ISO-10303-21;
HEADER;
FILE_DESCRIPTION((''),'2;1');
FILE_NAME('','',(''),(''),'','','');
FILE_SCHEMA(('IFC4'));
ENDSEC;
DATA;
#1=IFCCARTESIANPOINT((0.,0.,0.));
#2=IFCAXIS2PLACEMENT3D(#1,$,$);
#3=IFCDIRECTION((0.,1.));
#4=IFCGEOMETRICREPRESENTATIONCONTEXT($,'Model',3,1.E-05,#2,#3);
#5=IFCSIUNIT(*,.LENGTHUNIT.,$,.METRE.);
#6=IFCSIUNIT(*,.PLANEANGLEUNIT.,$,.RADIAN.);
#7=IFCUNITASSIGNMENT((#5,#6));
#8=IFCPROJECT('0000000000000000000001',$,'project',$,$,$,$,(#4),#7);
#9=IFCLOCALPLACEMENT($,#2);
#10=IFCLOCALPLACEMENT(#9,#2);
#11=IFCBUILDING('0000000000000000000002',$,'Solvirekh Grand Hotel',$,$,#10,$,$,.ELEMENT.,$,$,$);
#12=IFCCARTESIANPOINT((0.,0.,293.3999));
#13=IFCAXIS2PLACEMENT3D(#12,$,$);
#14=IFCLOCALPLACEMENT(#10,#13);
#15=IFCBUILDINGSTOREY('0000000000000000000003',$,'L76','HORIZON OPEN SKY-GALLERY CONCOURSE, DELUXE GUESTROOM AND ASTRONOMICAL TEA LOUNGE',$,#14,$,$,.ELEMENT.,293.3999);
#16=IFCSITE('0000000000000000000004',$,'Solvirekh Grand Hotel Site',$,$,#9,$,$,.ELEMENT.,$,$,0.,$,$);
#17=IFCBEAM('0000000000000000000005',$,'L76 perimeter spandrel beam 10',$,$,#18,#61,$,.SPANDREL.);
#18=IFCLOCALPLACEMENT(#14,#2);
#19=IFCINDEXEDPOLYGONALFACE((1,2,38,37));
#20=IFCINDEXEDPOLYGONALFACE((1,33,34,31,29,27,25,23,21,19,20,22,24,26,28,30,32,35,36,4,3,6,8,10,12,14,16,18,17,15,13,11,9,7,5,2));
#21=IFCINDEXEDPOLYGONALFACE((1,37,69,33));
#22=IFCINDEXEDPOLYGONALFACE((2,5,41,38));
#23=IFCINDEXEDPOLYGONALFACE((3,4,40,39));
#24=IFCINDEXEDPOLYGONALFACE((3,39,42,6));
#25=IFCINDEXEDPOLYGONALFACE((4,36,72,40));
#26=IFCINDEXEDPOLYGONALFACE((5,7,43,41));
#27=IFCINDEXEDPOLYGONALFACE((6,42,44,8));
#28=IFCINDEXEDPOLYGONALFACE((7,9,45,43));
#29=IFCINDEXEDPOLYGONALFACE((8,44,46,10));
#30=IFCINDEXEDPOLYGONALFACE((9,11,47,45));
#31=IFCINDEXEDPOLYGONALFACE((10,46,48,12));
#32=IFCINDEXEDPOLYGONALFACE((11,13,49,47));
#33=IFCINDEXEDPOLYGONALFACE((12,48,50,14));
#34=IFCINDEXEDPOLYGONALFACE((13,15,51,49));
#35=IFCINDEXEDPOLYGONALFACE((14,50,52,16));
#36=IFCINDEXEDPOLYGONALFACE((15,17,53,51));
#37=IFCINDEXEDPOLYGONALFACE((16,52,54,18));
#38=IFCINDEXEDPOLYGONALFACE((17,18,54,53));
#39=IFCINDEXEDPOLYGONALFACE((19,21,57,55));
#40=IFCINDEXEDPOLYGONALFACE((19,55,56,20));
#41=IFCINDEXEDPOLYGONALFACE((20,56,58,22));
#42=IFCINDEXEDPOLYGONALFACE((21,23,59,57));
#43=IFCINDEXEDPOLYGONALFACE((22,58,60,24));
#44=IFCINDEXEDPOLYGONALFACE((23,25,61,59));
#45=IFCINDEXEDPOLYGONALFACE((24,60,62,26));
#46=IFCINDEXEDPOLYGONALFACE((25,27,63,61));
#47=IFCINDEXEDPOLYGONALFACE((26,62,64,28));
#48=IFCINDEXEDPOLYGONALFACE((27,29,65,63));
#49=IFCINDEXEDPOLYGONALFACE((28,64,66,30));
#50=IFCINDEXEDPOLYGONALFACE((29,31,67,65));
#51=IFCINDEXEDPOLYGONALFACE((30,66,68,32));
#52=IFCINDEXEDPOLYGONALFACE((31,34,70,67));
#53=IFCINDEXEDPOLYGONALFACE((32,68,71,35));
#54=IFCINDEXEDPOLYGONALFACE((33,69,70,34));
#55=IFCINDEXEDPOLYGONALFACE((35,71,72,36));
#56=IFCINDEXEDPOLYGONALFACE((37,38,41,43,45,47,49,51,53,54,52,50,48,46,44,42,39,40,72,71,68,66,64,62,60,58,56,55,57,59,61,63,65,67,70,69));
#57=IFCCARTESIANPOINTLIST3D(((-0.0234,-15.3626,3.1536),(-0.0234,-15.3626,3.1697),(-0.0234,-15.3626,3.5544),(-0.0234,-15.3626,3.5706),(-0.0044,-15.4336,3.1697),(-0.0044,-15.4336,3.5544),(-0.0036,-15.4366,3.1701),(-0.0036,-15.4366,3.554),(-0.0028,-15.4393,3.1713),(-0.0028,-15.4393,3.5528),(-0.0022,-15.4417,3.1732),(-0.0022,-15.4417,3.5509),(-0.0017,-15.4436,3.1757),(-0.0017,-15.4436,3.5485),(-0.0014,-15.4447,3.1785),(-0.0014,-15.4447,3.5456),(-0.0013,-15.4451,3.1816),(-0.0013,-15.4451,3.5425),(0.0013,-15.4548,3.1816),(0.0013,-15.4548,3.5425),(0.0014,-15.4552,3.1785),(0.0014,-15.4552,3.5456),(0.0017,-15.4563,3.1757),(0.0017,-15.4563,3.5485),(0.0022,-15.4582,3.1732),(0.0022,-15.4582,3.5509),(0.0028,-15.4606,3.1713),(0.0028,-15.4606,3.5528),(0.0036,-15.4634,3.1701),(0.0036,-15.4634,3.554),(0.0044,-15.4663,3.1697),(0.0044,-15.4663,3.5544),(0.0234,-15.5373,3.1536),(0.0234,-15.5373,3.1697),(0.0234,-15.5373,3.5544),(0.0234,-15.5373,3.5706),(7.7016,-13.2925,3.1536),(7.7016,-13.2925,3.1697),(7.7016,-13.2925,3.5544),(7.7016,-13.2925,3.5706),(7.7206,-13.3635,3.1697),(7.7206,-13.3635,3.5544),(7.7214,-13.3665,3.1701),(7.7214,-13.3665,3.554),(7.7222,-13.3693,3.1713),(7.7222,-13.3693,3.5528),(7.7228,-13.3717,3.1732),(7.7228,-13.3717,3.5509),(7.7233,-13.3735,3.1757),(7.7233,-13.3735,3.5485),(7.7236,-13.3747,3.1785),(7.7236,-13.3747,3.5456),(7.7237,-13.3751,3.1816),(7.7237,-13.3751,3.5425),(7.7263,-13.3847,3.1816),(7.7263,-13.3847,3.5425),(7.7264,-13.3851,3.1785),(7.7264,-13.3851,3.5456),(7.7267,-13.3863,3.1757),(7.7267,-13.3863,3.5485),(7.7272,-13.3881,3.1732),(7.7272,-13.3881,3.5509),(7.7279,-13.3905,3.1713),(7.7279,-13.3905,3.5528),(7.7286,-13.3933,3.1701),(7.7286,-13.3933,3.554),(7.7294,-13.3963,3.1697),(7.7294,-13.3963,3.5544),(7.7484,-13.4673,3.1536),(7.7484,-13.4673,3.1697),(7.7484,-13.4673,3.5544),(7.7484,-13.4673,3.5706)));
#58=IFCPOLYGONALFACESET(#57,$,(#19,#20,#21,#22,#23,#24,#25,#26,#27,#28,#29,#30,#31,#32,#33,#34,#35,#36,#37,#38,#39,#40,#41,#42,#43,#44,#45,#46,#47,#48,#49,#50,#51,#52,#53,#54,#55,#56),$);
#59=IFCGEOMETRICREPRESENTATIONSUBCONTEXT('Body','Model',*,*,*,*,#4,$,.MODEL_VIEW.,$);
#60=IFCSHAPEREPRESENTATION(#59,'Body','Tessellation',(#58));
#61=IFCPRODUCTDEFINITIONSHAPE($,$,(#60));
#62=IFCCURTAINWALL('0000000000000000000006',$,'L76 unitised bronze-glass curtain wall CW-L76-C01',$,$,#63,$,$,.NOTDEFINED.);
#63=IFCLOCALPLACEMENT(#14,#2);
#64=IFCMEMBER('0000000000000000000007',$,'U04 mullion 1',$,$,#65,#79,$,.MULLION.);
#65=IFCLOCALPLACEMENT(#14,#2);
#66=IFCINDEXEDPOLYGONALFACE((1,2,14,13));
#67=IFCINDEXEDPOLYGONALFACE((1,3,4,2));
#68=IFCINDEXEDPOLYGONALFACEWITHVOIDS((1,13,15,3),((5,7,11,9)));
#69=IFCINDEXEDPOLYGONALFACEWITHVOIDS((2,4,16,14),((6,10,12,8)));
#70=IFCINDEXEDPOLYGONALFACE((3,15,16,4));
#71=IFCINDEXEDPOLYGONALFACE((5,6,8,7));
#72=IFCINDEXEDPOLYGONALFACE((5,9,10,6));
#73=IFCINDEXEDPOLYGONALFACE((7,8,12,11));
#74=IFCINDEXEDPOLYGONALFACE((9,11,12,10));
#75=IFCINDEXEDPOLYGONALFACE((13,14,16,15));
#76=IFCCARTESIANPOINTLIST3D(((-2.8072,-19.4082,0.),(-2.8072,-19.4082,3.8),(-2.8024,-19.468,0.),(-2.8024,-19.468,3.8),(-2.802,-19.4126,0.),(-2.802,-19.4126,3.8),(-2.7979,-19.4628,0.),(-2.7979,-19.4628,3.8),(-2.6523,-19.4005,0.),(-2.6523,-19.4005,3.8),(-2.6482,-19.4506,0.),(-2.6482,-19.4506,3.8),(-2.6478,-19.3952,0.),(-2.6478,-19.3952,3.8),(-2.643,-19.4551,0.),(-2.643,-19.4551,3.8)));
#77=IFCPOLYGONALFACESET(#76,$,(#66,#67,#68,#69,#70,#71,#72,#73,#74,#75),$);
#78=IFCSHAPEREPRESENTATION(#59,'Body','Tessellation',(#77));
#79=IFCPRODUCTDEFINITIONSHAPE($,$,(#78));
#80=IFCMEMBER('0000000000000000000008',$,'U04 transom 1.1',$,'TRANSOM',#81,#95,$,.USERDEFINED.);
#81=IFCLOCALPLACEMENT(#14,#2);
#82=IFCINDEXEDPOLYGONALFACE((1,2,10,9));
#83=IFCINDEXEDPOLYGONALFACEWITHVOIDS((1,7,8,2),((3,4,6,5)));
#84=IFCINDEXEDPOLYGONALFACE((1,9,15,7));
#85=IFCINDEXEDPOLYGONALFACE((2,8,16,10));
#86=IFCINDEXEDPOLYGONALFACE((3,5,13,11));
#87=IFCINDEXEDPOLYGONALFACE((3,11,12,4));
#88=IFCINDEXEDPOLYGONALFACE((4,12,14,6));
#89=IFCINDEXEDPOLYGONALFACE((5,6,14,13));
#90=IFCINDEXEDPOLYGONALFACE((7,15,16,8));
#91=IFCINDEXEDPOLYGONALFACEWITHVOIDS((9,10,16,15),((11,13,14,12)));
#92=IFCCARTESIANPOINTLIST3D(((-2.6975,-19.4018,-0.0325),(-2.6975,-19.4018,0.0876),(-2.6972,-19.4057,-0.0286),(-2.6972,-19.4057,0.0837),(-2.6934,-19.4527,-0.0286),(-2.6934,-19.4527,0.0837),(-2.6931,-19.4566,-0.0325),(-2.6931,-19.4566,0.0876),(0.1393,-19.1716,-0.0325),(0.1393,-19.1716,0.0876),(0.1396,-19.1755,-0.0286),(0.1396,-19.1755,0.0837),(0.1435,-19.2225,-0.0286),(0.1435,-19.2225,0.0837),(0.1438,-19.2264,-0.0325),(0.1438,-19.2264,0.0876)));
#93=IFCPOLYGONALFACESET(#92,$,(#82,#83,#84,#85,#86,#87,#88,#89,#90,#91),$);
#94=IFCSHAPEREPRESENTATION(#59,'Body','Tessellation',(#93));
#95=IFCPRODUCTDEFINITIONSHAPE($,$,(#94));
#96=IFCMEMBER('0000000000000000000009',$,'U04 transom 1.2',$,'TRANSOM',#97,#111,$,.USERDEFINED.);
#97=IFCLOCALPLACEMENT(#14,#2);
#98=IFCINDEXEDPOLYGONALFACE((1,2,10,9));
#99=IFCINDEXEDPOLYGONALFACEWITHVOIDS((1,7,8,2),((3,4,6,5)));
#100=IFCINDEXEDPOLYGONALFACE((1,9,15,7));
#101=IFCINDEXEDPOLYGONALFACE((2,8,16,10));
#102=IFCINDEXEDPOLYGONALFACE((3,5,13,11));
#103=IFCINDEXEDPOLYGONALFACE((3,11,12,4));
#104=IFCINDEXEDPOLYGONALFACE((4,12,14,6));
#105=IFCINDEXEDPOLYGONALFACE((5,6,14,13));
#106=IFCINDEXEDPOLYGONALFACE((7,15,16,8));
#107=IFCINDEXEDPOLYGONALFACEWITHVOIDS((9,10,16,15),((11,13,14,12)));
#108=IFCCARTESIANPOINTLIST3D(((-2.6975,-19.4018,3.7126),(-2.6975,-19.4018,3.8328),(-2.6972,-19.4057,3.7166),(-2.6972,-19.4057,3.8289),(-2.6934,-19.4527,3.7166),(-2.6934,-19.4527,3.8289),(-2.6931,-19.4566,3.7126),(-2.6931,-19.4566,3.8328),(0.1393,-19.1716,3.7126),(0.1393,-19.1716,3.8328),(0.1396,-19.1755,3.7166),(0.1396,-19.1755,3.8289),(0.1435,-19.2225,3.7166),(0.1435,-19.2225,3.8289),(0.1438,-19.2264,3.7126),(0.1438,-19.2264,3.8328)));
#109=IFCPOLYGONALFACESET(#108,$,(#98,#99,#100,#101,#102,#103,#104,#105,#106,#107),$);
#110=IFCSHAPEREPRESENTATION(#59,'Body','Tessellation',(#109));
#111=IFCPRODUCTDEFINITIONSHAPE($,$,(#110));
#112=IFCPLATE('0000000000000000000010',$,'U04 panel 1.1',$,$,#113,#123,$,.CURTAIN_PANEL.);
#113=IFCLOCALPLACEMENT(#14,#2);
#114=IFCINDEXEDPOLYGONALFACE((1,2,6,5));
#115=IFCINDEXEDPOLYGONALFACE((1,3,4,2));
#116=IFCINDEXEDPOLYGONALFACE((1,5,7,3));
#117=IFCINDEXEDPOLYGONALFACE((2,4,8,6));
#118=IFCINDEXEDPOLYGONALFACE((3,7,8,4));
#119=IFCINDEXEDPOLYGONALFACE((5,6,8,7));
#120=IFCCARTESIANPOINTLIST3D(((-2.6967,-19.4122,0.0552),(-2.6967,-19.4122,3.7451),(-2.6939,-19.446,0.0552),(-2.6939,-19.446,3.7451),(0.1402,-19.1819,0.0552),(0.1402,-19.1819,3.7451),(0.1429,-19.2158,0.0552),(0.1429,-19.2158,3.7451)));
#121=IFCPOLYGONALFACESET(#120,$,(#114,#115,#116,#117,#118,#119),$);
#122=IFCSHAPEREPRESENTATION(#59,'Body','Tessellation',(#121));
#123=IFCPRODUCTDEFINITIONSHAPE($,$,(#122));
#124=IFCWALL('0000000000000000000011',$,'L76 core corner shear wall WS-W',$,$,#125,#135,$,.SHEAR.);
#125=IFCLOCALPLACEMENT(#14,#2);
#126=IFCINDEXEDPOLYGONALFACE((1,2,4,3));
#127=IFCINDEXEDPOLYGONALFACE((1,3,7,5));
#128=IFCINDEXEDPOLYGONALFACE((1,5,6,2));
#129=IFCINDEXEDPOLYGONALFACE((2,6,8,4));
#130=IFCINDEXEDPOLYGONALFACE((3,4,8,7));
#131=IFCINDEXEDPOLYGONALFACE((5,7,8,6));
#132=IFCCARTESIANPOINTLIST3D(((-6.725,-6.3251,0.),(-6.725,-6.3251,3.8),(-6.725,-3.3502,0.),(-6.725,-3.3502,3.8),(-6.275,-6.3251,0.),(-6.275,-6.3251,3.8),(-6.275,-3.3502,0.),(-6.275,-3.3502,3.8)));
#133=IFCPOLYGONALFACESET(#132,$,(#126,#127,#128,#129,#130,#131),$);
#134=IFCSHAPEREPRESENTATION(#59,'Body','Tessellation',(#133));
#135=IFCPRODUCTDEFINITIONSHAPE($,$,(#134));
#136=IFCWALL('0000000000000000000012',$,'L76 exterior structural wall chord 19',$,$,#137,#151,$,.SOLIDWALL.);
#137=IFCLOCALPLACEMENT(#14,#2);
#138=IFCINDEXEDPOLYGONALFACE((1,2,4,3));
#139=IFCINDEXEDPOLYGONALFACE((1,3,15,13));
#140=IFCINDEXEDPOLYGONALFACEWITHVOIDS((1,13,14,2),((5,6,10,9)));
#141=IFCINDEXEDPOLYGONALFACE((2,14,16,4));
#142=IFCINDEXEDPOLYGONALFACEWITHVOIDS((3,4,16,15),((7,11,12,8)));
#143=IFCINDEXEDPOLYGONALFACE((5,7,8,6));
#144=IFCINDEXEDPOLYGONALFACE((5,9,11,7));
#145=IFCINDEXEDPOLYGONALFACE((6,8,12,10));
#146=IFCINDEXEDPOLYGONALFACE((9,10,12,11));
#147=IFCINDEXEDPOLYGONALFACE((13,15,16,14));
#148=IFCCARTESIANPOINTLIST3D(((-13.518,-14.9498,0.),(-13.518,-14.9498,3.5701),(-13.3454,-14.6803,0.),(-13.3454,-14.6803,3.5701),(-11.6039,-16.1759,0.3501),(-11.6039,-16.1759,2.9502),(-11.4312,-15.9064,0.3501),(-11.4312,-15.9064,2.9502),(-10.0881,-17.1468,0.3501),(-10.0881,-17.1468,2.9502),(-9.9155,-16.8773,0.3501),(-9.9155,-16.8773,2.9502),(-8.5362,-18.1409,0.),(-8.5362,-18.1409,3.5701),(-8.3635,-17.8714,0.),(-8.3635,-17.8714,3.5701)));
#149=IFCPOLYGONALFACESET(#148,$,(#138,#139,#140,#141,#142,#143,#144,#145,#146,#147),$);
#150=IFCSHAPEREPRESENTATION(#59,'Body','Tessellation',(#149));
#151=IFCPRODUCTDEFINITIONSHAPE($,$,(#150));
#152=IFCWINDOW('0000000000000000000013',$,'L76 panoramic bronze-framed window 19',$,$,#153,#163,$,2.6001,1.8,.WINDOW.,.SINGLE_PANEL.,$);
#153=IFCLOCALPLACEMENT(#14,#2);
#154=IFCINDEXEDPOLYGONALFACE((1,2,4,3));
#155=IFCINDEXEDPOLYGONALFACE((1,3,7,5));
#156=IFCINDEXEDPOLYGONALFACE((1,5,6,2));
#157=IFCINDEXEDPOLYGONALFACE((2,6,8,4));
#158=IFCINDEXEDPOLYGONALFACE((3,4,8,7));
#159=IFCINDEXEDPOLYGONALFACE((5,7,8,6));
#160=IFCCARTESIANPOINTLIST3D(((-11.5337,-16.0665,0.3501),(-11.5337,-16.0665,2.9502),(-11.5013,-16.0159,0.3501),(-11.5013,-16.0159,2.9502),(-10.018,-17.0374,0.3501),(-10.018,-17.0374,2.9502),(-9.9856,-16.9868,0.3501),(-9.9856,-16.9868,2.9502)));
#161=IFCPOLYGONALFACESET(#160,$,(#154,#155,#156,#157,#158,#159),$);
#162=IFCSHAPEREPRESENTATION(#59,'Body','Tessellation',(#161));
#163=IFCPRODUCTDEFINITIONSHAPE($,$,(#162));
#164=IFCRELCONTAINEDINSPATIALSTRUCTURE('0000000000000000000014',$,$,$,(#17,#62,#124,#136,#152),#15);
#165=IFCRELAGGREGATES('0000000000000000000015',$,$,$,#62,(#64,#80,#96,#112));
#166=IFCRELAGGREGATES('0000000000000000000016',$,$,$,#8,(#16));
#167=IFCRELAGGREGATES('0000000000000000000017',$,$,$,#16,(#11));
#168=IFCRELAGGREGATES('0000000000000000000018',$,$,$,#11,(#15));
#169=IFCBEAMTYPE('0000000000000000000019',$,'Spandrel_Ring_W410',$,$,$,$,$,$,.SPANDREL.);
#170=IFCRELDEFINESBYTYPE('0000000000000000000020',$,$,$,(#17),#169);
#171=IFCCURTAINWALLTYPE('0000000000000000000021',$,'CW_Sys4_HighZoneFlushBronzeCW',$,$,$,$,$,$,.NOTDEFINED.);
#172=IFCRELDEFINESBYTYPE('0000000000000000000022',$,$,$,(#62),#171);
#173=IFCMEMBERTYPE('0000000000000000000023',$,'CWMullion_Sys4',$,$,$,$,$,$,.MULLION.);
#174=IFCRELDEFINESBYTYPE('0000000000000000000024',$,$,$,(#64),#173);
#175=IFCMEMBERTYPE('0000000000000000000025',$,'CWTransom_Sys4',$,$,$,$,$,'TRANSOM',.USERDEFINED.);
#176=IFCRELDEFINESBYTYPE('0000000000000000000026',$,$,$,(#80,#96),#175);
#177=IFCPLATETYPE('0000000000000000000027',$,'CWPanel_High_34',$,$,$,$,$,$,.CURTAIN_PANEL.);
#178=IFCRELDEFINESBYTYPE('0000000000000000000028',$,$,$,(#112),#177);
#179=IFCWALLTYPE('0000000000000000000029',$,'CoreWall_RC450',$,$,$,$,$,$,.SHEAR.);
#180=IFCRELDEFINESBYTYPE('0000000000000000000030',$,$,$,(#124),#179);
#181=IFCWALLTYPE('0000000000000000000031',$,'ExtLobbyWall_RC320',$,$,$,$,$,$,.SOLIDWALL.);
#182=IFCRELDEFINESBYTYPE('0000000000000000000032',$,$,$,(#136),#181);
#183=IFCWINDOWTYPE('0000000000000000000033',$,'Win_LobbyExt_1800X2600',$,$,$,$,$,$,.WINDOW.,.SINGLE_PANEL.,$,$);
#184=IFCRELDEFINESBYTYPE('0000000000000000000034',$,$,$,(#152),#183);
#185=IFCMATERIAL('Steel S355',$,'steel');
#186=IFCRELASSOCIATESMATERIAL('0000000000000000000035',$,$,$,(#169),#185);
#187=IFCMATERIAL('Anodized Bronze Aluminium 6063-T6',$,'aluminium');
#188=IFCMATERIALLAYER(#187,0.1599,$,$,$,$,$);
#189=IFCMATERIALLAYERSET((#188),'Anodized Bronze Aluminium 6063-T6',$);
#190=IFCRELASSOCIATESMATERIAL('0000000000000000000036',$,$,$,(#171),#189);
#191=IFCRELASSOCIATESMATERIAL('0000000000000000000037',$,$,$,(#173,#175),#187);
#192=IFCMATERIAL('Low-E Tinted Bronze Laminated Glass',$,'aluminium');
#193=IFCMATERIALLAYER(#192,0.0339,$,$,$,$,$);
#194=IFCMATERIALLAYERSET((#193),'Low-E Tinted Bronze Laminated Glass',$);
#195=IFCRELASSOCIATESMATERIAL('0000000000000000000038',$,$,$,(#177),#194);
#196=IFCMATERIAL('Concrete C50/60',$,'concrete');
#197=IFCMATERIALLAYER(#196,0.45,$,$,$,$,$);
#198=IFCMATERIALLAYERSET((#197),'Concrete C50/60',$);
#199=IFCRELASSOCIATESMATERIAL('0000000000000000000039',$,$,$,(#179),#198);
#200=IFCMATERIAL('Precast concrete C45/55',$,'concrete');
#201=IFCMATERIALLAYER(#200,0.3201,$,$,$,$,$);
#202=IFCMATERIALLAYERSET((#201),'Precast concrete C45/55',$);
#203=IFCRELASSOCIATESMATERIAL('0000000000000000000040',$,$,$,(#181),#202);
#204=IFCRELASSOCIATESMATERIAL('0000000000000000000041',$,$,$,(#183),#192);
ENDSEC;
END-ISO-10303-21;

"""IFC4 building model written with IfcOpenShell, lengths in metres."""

from ifc_helpers import new_model, si_unit, direction, frame, frame_2d, origin, origin_2d, place, context, subcontext, project, spatial, rectangle, hollow_rectangle, i_section, extrude, source, transform, mapped, material, layer, layer_set, material_profile, profile_set, type_object, element, fill, aggregate, save


model = new_model("IFC4")

# Units and contexts
model_context = context("Model", 3, precision=1e-05, world=origin(), true_north=direction((0.0, 1.0)))
body_context = subcontext(model_context, "Body", "Model", "MODEL_VIEW")
ifc_project = project(units=[si_unit("LENGTHUNIT", "METRE"), si_unit("PLANEANGLEUNIT", "RADIAN")], contexts=[model_context])

# Site, building, storey
site_placement = place(None, origin())
site = spatial("IfcSite", under=ifc_project, at=site_placement, Name="Solvirekh Grand Hotel Site", CompositionType="ELEMENT", RefElevation=0.0)
building_placement = place(site_placement, origin())
building = spatial("IfcBuilding", under=site, at=building_placement, Name="Solvirekh Grand Hotel", CompositionType="ELEMENT")
storey_placement = place(building_placement, frame((0.0, 0.0, 293.3999)))
storey = spatial("IfcBuildingStorey", under=building, at=storey_placement, Name="L76", Description="HORIZON OPEN SKY-GALLERY CONCOURSE, DELUXE GUESTROOM AND ASTRONOMICAL TEA LOUNGE", CompositionType="ELEMENT", Elevation=293.3999)

# Shared definitions
ifc_material_1 = material(Name="Concrete C50/60", Category="concrete")

# Beam
ifc_material_2 = material(Name="Steel S355", Category="steel")
ifc_material_profile_1 = material_profile(ifc_material_2, i_section(OverallWidth=0.1809, OverallDepth=0.417, WebThickness=0.01, FlangeThickness=0.0161, FilletRadius=0.012, at=origin_2d()), Name="W410X85")
ifc_profile_set_1 = profile_set([ifc_material_profile_1], Name="Steel S355")
beam_type_1 = type_object("IfcBeamType", Name="Spandrel_Ring_W410", PredefinedType="SPANDREL", material=ifc_profile_set_1)
for number, where, z_axis, x_axis, name in (
    (1, (0.0, -15.45, 3.3621), (0.965922, 0.258835, 0.0), (-0.258835, 0.965922, 0.0), "L76 perimeter spandrel beam 10"),
):
    element("IfcBeam", number, at=place(storey_placement, frame(where, z_axis=z_axis, x_axis=x_axis)), inside=storey, type_object=beam_type_1, Name=name, PredefinedType="SPANDREL", context=body_context, shape_type="SweptSolid", body=[
        extrude(i_section(OverallWidth=0.1809, OverallDepth=0.417, WebThickness=0.01, FlangeThickness=0.0161, FilletRadius=0.012, at=origin_2d()), origin(), (0.0, 0.0, 1.0), 7.9976),
    ])

# Curtain wall, members, plate
ifc_material_3 = material(Name="Anodized Bronze Aluminium 6063-T6", Category="aluminium")
ifc_layer_1 = layer(ifc_material_3, 0.1599)
ifc_layer_set_1 = layer_set([ifc_layer_1], Name="Anodized Bronze Aluminium 6063-T6")
curtain_wall_type = type_object("IfcCurtainWallType", Name="CW_Sys4_HighZoneFlushBronzeCW", PredefinedType="NOTDEFINED", material=ifc_layer_set_1)
curtain_wall_placement = place(storey_placement, origin())
curtain_wall = element("IfcCurtainWall", 2, at=curtain_wall_placement, inside=storey, type_object=curtain_wall_type, Name="L76 unitised bronze-glass curtain wall CW-L76-C01", PredefinedType="NOTDEFINED")
ifc_material_profile_2 = material_profile(ifc_material_3, hollow_rectangle(XDim=0.0601, YDim=0.1599, WallThickness=0.0049, at=origin_2d()), Name="ALU RHS 160X60X5")
ifc_profile_set_2 = profile_set([ifc_material_profile_2], Name="Anodized Bronze Aluminium 6063-T6")
member_type_1 = type_object("IfcMemberType", Name="CWMullion_Sys4", PredefinedType="MULLION", material=ifc_profile_set_2)
shared_shape_1 = source(origin(), body_context, "Body", "SweptSolid", [
    extrude(hollow_rectangle(XDim=0.0601, YDim=0.1599, WallThickness=0.0049, at=origin_2d()), origin(), (0.0, 0.0, 1.0), 3.8),
])
member_1_placement = place(storey_placement, frame((-2.7251, -19.4316, 0.0), z_axis=(0.0, 0.0, 1.0), x_axis=(-0.080889, 0.996723, 0.0)))
member_1 = element("IfcMember", 3, at=member_1_placement, type_object=member_type_1, Name="U04 mullion 1", PredefinedType="MULLION", context=body_context, shape_type="MappedRepresentation", body=[
    mapped(shared_shape_1, transform((0.0, 0.0, 0.0), x_axis=(1.0, 0.0, 0.0), y_axis=(0.0, 1.0, 0.0), z_axis=(0.0, 0.0, 1.0), scale=1.0)),
])
ifc_material_profile_3 = material_profile(ifc_material_3, hollow_rectangle(XDim=0.0549, YDim=0.1201, WallThickness=0.0039, at=origin_2d()), Name="ALU RHS 120X55X4")
ifc_profile_set_3 = profile_set([ifc_material_profile_3], Name="Anodized Bronze Aluminium 6063-T6")
member_type_2 = type_object("IfcMemberType", Name="CWTransom_Sys4", ElementType="TRANSOM", PredefinedType="USERDEFINED", material=ifc_profile_set_3)
shared_shape_2 = source(origin(), body_context, "Body", "SweptSolid", [
    extrude(hollow_rectangle(XDim=0.0549, YDim=0.1201, WallThickness=0.0039, at=origin_2d()), origin(), (0.0, 0.0, 1.0), 2.8462),
])
member_2_placement = place(storey_placement, frame((-2.6953, -19.4292, 0.0276), z_axis=(0.996723, 0.080887, 0.0), x_axis=(-0.080887, 0.996723, 0.0)))
member_2 = element("IfcMember", 4, at=member_2_placement, type_object=member_type_2, Name="U04 transom 1.1", ObjectType="TRANSOM", PredefinedType="USERDEFINED", context=body_context, shape_type="MappedRepresentation", body=[
    mapped(shared_shape_2, transform((0.0, 0.0, 0.0), x_axis=(1.0, 0.0, 0.0), y_axis=(0.0, 1.0, 0.0), z_axis=(0.0, 0.0, 1.0), scale=1.0)),
])
member_3_placement = place(storey_placement, frame((-2.6953, -19.4292, 3.7727), z_axis=(0.996723, 0.080887, 0.0), x_axis=(-0.080887, 0.996723, 0.0)))
member_3 = element("IfcMember", 5, at=member_3_placement, type_object=member_type_2, Name="U04 transom 1.2", ObjectType="TRANSOM", PredefinedType="USERDEFINED", context=body_context, shape_type="MappedRepresentation", body=[
    mapped(shared_shape_2, transform((0.0, 0.0, 0.0), x_axis=(1.0, 0.0, 0.0), y_axis=(0.0, 1.0, 0.0), z_axis=(0.0, 0.0, 1.0), scale=1.0)),
])
ifc_material_4 = material(Name="Low-E Tinted Bronze Laminated Glass", Category="aluminium")
ifc_layer_2 = layer(ifc_material_4, 0.0339)
ifc_layer_set_2 = layer_set([ifc_layer_2], Name="Low-E Tinted Bronze Laminated Glass")
plate_type = type_object("IfcPlateType", Name="CWPanel_High_34", PredefinedType="CURTAIN_PANEL", material=ifc_layer_set_2)
shared_shape_3 = source(origin(), body_context, "Body", "SweptSolid", [
    extrude(rectangle(XDim=2.8462, YDim=0.0339, at=origin_2d()), origin(), (0.0, 0.0, 1.0), 3.6899),
])
plate_placement = place(storey_placement, frame((-1.2769, -19.314, 0.0552), z_axis=(0.0, 0.0, 1.0), x_axis=(0.996723, 0.080889, 0.0)))
plate = element("IfcPlate", 6, at=plate_placement, type_object=plate_type, Name="U04 panel 1.1", PredefinedType="CURTAIN_PANEL", context=body_context, shape_type="MappedRepresentation", body=[
    mapped(shared_shape_3, transform((0.0, 0.0, 0.0), x_axis=(1.0, 0.0, 0.0), y_axis=(0.0, 1.0, 0.0), z_axis=(0.0, 0.0, 1.0), scale=1.0)),
])
aggregate(curtain_wall, [member_1, member_2, member_3, plate])

# Wall
ifc_layer_3 = layer(ifc_material_1, 0.45)
ifc_layer_set_3 = layer_set([ifc_layer_3], Name="Concrete C50/60")
wall_type_1 = type_object("IfcWallType", Name="CoreWall_RC450", PredefinedType="SHEAR", material=ifc_layer_set_3)
wall_1_placement = place(storey_placement, frame((-6.5, -6.325, 0.0), z_axis=(0.0, 0.0, 1.0), x_axis=(0.0, 1.0, 0.0)))
element("IfcWall", 7, at=wall_1_placement, inside=storey, type_object=wall_type_1, Name="L76 core corner shear wall WS-W", PredefinedType="SHEAR", context=body_context, shape_type="SweptSolid", body=[
    extrude(rectangle(XDim=2.9749, YDim=0.45, at=frame_2d((1.4873, 0.0))), origin(), (0.0, 0.0, 1.0), 3.8),
])

# Wall, opening, window
ifc_material_5 = material(Name="Precast concrete C45/55", Category="concrete")
ifc_layer_4 = layer(ifc_material_5, 0.3201)
ifc_layer_set_4 = layer_set([ifc_layer_4], Name="Precast concrete C45/55")
wall_type_2 = type_object("IfcWallType", Name="ExtLobbyWall_RC320", PredefinedType="SOLIDWALL", material=ifc_layer_set_4)
wall_2_placement = place(storey_placement, frame((-8.45, -18.0061, 0.0), z_axis=(0.0, 0.0, 1.0), x_axis=(-0.842062, 0.53938, 0.0)))
wall_2 = element("IfcWall", 8, at=wall_2_placement, inside=storey, type_object=wall_type_2, Name="L76 exterior structural wall chord 19", PredefinedType="SOLIDWALL", context=body_context, shape_type="SweptSolid", body=[
    extrude(rectangle(XDim=5.9163, YDim=0.3201, at=frame_2d((2.958, 0.0))), origin(), (0.0, 0.0, 1.0), 3.5701),
])
opening_1_placement = place(wall_2_placement, frame((1.843, 0.0, 0.3501)))
opening_1 = element("IfcOpeningElement", 9, at=opening_1_placement, cuts=wall_2, PredefinedType="OPENING", context=body_context, shape_type="SweptSolid", body=[
    extrude(rectangle(XDim=1.8, YDim=2.6001, at=frame_2d((0.8999, 1.3))), frame((0.0, 0.1699, 0.0), z_axis=(0.0, -1.0, 0.0), x_axis=(1.0, 0.0, 0.0)), (0.0, 0.0, 1.0), 0.3401),
])
window_type = type_object("IfcWindowType", Name="Win_LobbyExt_1800X2600", PartitioningType="SINGLE_PANEL", PredefinedType="WINDOW", material=ifc_material_4)
window_1_placement = place(opening_1_placement, origin())
window_1 = element("IfcWindow", 10, at=window_1_placement, inside=storey, type_object=window_type, Name="L76 panoramic bronze-framed window 19", OverallHeight=2.6001, OverallWidth=1.8, PartitioningType="SINGLE_PANEL", PredefinedType="WINDOW", context=body_context, shape_type="SweptSolid", body=[
    extrude(rectangle(XDim=1.8, YDim=2.6001, at=frame_2d((0.8999, 1.3))), frame((0.0, 0.03, 0.0), z_axis=(0.0, -1.0, 0.0), x_axis=(1.0, 0.0, 0.0)), (0.0, 0.0, 1.0), 0.0601),
])
fill(opening_1, window_1)

save(model, "model.ifc")
